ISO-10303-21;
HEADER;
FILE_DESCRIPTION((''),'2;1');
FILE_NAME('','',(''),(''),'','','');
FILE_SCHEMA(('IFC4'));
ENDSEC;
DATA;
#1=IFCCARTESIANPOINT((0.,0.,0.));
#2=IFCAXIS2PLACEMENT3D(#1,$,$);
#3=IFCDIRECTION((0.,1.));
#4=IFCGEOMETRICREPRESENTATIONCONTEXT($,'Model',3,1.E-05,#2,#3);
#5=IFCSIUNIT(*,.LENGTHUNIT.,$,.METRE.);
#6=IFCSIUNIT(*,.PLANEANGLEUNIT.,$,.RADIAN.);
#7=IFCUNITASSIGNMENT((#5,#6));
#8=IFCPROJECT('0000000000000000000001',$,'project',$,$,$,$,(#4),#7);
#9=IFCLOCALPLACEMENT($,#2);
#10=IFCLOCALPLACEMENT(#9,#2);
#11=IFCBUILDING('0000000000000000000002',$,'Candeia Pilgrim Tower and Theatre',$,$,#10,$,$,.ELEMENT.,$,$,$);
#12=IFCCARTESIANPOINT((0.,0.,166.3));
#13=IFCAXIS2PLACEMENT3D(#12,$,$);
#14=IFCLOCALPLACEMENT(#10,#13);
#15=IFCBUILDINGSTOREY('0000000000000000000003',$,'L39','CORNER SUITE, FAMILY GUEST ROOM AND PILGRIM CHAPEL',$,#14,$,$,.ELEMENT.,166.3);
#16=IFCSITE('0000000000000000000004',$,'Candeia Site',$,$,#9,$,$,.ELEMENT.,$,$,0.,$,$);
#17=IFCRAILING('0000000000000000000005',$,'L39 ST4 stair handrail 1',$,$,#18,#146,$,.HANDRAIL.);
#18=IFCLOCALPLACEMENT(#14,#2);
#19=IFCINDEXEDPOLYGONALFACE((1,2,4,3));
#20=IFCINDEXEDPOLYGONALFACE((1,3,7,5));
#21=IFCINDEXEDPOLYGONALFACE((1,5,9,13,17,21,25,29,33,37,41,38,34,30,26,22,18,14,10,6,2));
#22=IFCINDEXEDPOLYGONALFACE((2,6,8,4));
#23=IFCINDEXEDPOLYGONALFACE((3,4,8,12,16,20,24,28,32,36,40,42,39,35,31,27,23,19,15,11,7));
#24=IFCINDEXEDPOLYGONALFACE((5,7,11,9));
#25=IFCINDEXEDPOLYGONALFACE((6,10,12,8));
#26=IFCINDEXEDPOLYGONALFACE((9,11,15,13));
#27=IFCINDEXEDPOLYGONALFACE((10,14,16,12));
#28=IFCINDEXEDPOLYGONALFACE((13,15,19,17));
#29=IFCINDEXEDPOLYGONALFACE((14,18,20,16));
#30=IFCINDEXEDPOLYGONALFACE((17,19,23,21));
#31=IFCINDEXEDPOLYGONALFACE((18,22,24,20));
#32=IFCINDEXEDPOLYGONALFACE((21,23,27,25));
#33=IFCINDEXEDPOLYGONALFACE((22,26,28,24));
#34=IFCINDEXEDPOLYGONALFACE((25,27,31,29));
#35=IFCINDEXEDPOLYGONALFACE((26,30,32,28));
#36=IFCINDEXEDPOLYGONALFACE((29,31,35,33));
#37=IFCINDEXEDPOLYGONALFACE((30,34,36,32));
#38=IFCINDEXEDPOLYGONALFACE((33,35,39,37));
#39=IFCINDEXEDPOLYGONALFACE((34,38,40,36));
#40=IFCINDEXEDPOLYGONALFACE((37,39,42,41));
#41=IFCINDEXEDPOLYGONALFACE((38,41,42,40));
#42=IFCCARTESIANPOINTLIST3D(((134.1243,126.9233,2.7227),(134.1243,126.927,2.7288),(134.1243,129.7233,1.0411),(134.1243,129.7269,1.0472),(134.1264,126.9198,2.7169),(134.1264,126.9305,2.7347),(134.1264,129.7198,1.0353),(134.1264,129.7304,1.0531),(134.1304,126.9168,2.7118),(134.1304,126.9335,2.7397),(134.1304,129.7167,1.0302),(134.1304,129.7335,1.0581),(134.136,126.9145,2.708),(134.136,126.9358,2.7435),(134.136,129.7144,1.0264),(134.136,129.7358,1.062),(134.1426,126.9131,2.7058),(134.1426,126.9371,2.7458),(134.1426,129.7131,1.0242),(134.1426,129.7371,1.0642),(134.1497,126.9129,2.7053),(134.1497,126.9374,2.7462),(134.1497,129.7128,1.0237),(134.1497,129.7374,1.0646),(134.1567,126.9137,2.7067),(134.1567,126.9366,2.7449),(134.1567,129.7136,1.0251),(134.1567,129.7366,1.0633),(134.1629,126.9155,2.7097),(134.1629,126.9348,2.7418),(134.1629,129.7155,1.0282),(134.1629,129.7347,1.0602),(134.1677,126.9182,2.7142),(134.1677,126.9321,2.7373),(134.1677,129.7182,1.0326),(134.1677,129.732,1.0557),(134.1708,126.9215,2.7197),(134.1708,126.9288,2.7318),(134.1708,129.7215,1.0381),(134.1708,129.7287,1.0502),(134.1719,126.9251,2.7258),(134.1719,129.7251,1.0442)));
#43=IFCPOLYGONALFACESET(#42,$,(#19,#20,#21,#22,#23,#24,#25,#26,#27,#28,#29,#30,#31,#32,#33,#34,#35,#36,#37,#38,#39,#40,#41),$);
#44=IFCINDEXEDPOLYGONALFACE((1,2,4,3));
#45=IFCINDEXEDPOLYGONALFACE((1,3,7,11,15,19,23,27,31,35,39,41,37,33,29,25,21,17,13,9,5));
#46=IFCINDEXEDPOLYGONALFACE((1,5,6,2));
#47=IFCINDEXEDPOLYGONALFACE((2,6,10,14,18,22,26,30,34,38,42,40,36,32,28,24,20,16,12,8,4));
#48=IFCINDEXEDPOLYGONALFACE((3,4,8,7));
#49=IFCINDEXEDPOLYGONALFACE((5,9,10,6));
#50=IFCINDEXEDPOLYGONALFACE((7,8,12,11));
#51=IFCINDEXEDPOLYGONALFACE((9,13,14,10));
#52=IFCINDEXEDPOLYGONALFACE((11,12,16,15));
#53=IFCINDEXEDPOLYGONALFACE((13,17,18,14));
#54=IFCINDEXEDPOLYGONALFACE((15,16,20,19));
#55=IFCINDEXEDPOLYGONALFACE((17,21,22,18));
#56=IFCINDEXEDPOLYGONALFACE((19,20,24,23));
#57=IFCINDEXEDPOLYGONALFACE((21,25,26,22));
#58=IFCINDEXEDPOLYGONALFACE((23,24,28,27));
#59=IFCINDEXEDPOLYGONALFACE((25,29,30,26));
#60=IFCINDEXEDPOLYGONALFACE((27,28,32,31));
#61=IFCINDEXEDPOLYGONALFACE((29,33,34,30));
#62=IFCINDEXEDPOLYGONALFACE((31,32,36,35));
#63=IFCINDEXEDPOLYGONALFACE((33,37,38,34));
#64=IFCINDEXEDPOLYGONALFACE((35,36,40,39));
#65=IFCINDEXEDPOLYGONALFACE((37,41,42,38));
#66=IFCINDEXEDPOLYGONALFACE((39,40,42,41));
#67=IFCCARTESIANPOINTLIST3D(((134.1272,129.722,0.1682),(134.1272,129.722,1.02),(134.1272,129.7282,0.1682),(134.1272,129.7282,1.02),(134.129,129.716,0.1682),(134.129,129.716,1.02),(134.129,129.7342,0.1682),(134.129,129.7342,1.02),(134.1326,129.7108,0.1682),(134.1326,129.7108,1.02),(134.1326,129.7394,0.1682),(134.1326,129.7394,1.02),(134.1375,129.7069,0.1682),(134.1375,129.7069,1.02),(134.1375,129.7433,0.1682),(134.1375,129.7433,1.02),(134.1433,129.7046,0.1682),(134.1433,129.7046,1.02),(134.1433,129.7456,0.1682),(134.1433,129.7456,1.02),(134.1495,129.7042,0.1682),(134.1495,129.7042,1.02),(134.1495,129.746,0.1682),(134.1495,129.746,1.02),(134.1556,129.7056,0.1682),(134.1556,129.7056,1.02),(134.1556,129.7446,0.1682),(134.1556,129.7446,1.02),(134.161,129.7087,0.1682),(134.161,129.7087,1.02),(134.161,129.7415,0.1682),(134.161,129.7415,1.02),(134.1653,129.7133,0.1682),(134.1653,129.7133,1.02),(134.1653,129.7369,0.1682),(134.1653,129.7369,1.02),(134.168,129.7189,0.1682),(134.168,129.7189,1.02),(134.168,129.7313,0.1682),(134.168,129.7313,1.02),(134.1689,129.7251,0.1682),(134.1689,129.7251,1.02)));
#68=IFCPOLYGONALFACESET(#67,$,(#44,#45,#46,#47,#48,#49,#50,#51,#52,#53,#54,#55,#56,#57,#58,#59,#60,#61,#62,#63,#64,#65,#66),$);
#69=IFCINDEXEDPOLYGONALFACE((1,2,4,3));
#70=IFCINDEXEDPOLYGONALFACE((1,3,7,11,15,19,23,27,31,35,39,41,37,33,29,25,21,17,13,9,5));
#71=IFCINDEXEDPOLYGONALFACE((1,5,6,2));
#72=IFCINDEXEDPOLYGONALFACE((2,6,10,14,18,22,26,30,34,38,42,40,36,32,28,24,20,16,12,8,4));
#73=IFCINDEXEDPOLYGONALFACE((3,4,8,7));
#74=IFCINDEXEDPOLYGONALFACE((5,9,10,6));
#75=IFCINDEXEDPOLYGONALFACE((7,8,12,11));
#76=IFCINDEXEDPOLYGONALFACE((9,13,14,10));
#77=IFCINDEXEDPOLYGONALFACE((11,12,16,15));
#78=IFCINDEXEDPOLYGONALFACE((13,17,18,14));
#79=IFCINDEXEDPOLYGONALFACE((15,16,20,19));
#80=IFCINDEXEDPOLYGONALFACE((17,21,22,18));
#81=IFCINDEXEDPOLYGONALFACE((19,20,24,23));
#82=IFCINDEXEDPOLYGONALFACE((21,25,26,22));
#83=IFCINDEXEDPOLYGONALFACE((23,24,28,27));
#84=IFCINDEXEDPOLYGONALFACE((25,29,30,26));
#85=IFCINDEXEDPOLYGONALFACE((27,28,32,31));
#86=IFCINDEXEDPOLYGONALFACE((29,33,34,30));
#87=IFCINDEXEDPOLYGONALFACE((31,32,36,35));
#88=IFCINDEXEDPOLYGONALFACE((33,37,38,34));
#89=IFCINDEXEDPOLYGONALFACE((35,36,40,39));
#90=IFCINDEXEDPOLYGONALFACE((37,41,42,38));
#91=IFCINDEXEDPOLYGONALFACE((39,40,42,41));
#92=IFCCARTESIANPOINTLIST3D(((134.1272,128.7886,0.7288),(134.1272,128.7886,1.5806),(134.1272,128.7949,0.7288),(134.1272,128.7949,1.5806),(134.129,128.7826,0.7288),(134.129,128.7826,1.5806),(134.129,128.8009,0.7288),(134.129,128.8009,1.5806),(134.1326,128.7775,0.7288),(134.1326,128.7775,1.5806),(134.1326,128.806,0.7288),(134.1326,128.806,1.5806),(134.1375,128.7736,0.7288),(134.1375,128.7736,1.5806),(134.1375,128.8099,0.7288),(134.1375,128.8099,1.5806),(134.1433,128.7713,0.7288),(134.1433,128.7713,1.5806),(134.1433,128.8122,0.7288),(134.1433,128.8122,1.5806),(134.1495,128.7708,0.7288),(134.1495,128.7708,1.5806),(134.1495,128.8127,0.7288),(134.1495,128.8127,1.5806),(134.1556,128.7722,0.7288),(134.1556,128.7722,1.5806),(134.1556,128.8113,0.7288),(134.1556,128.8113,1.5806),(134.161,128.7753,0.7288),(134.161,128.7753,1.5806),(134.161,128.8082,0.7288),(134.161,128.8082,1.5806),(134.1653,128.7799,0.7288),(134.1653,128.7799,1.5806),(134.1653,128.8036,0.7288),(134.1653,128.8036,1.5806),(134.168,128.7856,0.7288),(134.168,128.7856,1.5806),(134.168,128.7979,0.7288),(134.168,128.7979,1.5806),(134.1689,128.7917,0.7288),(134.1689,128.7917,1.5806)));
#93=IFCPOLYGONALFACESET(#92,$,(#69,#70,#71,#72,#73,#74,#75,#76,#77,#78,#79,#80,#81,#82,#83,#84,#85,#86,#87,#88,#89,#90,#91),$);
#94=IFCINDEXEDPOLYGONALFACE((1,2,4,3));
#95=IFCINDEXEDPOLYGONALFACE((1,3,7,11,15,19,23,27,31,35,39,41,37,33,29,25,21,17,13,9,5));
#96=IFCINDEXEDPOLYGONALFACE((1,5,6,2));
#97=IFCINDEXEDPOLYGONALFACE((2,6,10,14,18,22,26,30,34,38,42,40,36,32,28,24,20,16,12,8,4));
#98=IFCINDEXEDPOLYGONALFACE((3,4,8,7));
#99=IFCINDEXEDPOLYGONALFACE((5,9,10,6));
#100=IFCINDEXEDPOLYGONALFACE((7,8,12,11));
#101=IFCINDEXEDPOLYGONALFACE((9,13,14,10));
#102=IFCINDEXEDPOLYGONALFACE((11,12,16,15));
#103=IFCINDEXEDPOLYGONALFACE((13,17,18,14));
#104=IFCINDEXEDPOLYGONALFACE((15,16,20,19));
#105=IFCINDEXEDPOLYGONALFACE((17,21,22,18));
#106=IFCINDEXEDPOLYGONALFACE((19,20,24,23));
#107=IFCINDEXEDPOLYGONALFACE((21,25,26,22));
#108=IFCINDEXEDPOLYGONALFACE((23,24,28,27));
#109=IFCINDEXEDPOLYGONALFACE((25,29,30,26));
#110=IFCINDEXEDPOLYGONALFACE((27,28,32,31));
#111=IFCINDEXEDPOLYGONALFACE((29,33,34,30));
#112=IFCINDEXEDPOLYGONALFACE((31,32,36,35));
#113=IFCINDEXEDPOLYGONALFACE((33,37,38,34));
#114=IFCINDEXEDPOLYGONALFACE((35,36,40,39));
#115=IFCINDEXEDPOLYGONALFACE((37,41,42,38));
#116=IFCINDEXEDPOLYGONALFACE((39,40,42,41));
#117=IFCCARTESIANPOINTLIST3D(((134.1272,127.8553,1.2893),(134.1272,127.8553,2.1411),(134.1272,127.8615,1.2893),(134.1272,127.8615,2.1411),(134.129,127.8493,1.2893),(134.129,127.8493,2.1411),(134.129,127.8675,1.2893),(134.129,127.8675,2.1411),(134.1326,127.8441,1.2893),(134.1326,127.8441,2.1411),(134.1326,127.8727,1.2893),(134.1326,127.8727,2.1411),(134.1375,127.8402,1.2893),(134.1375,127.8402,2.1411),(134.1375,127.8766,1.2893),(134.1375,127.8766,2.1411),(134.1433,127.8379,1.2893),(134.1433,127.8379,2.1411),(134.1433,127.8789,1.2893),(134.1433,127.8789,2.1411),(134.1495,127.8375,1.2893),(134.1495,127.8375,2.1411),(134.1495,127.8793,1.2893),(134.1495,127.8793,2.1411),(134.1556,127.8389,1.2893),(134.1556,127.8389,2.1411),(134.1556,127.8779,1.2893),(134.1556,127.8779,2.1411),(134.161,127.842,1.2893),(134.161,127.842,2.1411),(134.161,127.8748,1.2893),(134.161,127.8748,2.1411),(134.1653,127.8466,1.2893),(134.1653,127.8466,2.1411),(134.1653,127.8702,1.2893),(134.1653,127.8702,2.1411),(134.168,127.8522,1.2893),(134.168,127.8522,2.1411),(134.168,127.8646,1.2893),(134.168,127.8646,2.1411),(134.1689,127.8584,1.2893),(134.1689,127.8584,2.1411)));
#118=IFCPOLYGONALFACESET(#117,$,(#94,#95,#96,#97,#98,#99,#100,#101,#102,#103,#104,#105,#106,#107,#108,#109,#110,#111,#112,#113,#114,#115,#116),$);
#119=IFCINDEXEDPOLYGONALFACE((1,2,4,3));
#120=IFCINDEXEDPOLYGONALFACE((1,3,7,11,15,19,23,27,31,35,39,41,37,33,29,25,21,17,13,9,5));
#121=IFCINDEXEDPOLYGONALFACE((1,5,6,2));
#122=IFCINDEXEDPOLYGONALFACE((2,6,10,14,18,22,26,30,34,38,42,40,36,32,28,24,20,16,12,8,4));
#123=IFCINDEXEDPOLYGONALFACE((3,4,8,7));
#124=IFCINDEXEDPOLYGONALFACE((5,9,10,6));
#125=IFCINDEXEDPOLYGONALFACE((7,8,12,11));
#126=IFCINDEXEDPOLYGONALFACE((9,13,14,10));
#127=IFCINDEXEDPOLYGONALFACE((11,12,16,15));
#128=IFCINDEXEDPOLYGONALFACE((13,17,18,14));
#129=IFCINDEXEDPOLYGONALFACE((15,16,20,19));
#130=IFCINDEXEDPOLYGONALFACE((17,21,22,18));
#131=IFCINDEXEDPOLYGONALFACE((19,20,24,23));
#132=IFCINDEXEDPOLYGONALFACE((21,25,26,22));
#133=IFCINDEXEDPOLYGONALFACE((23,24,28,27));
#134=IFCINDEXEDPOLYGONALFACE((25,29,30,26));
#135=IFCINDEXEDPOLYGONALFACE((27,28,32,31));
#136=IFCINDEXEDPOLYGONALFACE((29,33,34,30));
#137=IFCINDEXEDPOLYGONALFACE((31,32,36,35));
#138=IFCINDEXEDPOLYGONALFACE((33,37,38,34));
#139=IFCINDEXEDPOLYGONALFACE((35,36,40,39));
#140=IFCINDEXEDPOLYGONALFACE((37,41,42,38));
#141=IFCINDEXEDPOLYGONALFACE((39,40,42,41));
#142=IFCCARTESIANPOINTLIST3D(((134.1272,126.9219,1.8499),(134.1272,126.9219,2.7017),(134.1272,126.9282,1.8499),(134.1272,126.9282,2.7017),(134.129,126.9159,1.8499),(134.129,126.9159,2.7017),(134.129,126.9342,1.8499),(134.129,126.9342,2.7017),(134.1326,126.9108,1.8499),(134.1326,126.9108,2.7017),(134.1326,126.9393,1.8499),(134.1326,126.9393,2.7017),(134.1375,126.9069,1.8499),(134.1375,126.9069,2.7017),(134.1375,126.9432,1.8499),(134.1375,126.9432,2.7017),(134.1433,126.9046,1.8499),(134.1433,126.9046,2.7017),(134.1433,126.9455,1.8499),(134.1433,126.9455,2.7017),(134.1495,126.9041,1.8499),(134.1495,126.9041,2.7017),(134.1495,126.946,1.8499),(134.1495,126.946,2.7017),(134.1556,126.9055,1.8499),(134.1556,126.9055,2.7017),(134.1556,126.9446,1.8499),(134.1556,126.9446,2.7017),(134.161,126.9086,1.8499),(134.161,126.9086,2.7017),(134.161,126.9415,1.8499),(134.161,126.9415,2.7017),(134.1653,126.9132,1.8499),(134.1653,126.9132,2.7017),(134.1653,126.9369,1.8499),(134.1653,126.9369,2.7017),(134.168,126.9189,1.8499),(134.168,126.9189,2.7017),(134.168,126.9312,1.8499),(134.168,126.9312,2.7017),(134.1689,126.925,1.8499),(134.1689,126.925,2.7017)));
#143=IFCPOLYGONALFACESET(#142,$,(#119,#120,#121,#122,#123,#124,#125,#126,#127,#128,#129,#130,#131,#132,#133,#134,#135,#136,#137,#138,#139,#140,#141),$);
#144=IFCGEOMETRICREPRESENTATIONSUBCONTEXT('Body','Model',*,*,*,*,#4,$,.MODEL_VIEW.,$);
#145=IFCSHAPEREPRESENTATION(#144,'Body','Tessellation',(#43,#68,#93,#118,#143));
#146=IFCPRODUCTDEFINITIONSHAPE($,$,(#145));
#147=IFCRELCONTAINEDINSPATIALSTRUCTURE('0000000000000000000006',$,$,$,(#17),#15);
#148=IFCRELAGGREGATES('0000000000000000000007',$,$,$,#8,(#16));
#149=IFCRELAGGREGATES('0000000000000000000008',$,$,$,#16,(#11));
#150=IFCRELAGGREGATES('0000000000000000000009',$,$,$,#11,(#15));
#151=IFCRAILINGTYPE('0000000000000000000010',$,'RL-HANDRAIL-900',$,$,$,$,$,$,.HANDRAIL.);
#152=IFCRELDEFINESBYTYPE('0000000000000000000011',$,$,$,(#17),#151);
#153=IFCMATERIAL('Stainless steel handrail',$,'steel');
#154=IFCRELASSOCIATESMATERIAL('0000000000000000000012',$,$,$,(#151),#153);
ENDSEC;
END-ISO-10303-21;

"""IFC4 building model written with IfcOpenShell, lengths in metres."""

from ifc_helpers import new_model, si_unit, direction, frame, origin, origin_2d, place, context, subcontext, project, spatial, circle, extrude, material, type_object, element, save


model = new_model("IFC4")

# Units and contexts
model_context = context("Model", 3, precision=1e-05, world=origin(), true_north=direction((0.0, 1.0)))
body_context = subcontext(model_context, "Body", "Model", "MODEL_VIEW")
ifc_project = project(units=[si_unit("LENGTHUNIT", "METRE"), si_unit("PLANEANGLEUNIT", "RADIAN")], contexts=[model_context])

# Site, building, storey
site_placement = place(None, origin())
site = spatial("IfcSite", under=ifc_project, at=site_placement, Name="Candeia Site", CompositionType="ELEMENT", RefElevation=0.0)
building_placement = place(site_placement, origin())
building = spatial("IfcBuilding", under=site, at=building_placement, Name="Candeia Pilgrim Tower and Theatre", CompositionType="ELEMENT")
storey_placement = place(building_placement, frame((0.0, 0.0, 166.3)))
storey = spatial("IfcBuildingStorey", under=building, at=storey_placement, Name="L39", Description="CORNER SUITE, FAMILY GUEST ROOM AND PILGRIM CHAPEL", CompositionType="ELEMENT", Elevation=166.3)

# Railing
ifc_material_1 = material(Name="Stainless steel handrail", Category="steel")
railing_type_1 = type_object("IfcRailingType", Name="RL-HANDRAIL-900", PredefinedType="HANDRAIL", material=ifc_material_1)
railing_1_placement = place(storey_placement, frame((134.1479, 129.7251, 0.1682)))
element("IfcRailing", 1, at=railing_1_placement, inside=storey, type_object=railing_type_1, Name="L39 ST4 stair handrail 1", PredefinedType="HANDRAIL", context=body_context, shape_type="SweptSolid", body=[
    extrude(circle(Radius=0.0239, at=origin_2d()), frame((0.0, 0.0, 0.876), z_axis=(0.0, -0.857275, 0.514858), x_axis=(1.0, 0.0, 0.0)), (0.0, 0.0, 1.0), 3.2661),
    extrude(circle(Radius=0.021, at=origin_2d()), origin(), (0.0, 0.0, 1.0), 0.8518),
    extrude(circle(Radius=0.021, at=origin_2d()), frame((0.0, -0.9333, 0.5605)), (0.0, 0.0, 1.0), 0.8518),
    extrude(circle(Radius=0.021, at=origin_2d()), frame((0.0, -1.8667, 1.1211)), (0.0, 0.0, 1.0), 0.8518),
    extrude(circle(Radius=0.021, at=origin_2d()), frame((0.0, -2.8, 1.6816)), (0.0, 0.0, 1.0), 0.8518),
])

save(model, "model.ifc")
